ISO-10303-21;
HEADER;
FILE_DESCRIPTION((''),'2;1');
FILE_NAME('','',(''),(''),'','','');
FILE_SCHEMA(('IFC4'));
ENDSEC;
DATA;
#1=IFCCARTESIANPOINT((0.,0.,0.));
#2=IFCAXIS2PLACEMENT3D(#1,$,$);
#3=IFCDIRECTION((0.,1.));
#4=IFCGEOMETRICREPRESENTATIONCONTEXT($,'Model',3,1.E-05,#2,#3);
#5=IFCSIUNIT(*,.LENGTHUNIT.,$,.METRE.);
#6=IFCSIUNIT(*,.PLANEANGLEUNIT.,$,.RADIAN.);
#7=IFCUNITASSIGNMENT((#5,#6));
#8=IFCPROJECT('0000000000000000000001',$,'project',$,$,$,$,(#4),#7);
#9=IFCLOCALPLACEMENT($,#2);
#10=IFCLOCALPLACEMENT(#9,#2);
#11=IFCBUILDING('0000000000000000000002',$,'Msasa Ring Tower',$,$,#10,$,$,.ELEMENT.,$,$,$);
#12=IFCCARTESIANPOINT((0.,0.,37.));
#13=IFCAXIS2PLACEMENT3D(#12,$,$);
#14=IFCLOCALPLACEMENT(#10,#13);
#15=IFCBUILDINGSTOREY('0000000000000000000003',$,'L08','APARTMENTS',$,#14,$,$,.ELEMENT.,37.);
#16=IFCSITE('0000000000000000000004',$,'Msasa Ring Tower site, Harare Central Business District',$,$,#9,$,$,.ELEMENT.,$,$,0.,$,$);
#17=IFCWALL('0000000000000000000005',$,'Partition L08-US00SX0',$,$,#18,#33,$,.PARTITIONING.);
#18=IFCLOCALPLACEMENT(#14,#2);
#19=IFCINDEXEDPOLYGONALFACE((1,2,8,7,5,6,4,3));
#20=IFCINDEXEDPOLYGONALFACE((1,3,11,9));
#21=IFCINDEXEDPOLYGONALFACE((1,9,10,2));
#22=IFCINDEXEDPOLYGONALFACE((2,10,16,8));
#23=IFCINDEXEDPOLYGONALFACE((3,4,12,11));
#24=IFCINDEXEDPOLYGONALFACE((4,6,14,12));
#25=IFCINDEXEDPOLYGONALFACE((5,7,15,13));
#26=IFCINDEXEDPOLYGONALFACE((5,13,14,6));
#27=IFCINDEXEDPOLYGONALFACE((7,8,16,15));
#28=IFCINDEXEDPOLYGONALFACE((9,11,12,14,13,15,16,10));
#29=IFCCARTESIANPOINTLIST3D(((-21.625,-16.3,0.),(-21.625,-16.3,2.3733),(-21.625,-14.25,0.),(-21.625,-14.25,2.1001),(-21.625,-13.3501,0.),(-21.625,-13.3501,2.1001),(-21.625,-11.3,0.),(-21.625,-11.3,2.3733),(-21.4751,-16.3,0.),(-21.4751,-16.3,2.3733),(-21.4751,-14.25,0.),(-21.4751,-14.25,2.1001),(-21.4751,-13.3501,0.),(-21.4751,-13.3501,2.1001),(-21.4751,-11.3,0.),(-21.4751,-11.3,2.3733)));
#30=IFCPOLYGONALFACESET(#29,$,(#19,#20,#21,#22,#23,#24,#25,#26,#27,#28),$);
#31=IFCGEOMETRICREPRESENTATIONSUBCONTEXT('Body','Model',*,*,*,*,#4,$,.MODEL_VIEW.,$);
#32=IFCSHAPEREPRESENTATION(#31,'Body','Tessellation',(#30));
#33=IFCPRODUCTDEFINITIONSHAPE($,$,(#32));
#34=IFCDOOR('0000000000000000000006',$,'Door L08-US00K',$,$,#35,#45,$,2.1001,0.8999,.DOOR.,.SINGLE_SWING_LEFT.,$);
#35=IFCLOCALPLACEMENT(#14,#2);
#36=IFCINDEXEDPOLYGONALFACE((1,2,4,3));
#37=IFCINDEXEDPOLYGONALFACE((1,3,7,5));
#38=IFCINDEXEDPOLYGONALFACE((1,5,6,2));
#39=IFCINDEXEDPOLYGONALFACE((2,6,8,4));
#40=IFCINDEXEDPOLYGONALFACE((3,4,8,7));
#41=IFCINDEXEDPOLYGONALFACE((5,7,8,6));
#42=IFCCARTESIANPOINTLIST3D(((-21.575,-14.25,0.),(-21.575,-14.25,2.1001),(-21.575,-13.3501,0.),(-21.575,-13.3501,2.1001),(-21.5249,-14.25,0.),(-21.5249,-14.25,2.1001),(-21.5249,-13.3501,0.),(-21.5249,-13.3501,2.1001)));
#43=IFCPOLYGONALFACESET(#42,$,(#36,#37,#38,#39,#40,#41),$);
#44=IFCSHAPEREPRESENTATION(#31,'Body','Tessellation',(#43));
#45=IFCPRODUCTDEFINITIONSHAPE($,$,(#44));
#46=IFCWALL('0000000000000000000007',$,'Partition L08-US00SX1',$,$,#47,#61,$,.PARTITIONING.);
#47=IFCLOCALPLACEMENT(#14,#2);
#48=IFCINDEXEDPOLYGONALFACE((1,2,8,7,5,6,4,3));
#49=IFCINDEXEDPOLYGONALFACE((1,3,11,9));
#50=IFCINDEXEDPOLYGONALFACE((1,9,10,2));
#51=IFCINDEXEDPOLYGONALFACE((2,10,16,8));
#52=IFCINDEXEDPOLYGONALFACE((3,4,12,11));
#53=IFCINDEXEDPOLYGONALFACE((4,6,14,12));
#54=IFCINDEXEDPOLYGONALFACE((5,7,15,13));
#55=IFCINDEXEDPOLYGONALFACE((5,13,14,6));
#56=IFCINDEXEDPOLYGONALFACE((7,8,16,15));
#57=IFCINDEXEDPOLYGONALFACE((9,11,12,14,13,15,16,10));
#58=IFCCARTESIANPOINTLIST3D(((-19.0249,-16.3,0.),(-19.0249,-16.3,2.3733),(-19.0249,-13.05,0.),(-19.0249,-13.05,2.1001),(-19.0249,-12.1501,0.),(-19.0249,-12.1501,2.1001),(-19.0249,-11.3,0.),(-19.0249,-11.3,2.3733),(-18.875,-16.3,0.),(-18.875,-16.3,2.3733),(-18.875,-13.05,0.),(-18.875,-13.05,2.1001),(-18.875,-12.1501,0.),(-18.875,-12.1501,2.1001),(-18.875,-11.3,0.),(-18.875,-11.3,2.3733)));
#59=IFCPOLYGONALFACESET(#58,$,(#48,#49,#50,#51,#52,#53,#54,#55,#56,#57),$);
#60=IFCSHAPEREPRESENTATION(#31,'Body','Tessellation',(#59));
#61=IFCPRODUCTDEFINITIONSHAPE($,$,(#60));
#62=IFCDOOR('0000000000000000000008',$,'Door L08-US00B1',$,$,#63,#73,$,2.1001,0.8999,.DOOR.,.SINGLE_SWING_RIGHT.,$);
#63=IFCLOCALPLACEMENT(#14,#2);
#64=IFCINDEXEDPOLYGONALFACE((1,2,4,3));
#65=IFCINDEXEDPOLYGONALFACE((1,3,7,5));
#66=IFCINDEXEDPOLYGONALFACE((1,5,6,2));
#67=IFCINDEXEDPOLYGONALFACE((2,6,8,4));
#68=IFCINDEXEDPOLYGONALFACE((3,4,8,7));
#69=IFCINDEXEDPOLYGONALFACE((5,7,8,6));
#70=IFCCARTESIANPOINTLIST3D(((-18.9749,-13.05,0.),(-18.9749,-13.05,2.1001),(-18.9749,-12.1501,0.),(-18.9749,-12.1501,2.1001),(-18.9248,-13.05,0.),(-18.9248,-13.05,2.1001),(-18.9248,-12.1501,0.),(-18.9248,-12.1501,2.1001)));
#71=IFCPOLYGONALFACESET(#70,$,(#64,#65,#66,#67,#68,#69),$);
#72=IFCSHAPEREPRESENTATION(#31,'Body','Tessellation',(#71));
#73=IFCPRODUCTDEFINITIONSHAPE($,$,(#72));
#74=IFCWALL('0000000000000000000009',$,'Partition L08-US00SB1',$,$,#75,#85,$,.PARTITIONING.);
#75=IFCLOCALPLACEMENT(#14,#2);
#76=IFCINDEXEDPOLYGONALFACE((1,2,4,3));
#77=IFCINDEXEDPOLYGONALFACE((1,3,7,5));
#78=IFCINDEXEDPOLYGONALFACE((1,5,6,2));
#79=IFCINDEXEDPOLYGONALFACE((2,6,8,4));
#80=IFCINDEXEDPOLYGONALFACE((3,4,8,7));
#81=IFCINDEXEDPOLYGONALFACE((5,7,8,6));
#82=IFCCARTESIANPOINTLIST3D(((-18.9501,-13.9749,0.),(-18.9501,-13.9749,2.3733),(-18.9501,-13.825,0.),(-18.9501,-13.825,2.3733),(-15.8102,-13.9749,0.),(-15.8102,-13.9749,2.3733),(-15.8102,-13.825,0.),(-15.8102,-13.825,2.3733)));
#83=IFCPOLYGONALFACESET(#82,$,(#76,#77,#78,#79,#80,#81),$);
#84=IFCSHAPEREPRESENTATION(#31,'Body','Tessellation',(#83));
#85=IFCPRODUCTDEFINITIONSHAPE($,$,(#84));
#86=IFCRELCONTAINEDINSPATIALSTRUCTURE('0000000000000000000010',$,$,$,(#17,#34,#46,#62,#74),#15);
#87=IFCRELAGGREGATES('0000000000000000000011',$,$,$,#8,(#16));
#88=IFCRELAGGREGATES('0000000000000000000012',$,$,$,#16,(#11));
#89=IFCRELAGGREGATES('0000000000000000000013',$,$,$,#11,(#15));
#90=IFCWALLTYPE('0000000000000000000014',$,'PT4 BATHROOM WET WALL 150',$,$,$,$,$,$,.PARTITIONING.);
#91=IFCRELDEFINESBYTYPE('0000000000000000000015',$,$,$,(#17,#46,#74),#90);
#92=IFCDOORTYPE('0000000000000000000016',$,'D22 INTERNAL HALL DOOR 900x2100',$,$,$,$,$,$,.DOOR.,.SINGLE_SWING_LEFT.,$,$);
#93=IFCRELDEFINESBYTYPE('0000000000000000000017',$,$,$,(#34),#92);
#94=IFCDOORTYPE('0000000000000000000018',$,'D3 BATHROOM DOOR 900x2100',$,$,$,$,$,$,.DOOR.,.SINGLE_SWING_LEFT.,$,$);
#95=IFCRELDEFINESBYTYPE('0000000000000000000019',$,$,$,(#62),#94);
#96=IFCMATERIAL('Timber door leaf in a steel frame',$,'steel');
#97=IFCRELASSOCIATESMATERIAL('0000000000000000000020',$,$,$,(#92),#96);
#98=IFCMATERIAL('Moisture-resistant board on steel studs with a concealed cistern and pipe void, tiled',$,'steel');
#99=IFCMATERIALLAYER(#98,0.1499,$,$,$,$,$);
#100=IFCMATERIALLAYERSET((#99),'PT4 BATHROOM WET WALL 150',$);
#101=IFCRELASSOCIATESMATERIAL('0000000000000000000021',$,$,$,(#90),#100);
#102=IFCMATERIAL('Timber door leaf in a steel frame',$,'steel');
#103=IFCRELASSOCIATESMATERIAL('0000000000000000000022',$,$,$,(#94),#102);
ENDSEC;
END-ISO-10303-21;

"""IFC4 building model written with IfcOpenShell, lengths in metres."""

from ifc_helpers import new_model, si_unit, direction, frame, frame_2d, origin, place, context, subcontext, project, spatial, rectangle, extrude, material, layer, layer_set, type_object, element, fill, save


model = new_model("IFC4")

# Units and contexts
model_context = context("Model", 3, precision=1e-05, world=origin(), true_north=direction((0.0, 1.0)))
body_context = subcontext(model_context, "Body", "Model", "MODEL_VIEW")
ifc_project = project(units=[si_unit("LENGTHUNIT", "METRE"), si_unit("PLANEANGLEUNIT", "RADIAN")], contexts=[model_context])

# Site, building, storey
site_placement = place(None, origin())
site = spatial("IfcSite", under=ifc_project, at=site_placement, Name="Msasa Ring Tower site, Harare Central Business District", CompositionType="ELEMENT", RefElevation=0.0)
building_placement = place(site_placement, origin())
building = spatial("IfcBuilding", under=site, at=building_placement, Name="Msasa Ring Tower", CompositionType="ELEMENT")
storey_placement = place(building_placement, frame((0.0, 0.0, 37.0)))
storey = spatial("IfcBuildingStorey", under=building, at=storey_placement, Name="L08", Description="APARTMENTS", CompositionType="ELEMENT", Elevation=37.0)

# Shared definitions
ifc_material_1 = material(Name="Timber door leaf in a steel frame", Category="steel")
door_type_1 = type_object("IfcDoorType", Name="D22 INTERNAL HALL DOOR 900x2100", OperationType="SINGLE_SWING_LEFT", PredefinedType="DOOR", material=ifc_material_1)

# Walls, openings, doors
ifc_material_2 = material(Name="Moisture-resistant board on steel studs with a concealed cistern and pipe void, tiled", Category="steel")
ifc_layer_1 = layer(ifc_material_2, 0.1499)
ifc_layer_set_1 = layer_set([ifc_layer_1], Name="PT4 BATHROOM WET WALL 150")
wall_type_1 = type_object("IfcWallType", Name="PT4 BATHROOM WET WALL 150", PredefinedType="PARTITIONING", material=ifc_layer_set_1)
wall_1_placement = place(storey_placement, frame((-21.55, -16.3, 0.0), z_axis=(0.0, 0.0, 1.0), x_axis=(0.0, 1.0, 0.0)))
wall_1 = element("IfcWall", 1, at=wall_1_placement, inside=storey, type_object=wall_type_1, Name="Partition L08-US00SX0", PredefinedType="PARTITIONING", context=body_context, shape_type="SweptSolid", body=[
    extrude(rectangle(XDim=5.0, YDim=0.1499, at=frame_2d((2.5, 0.0))), origin(), (0.0, 0.0, 1.0), 2.3733),
])
opening_1_placement = place(wall_1_placement, frame((2.05, 0.0, 0.0)))
opening_1 = element("IfcOpeningElement", 2, at=opening_1_placement, cuts=wall_1, PredefinedType="OPENING", context=body_context, shape_type="SweptSolid", body=[
    extrude(rectangle(XDim=0.8999, YDim=2.1001, at=frame_2d((0.45, 1.05))), frame((0.0, 0.085, 0.0), z_axis=(0.0, -1.0, 0.0), x_axis=(1.0, 0.0, 0.0)), (0.0, 0.0, 1.0), 0.1699),
])
door_1_placement = place(opening_1_placement, origin())
door_1 = element("IfcDoor", 3, at=door_1_placement, inside=storey, type_object=door_type_1, Name="Door L08-US00K", OperationType="SINGLE_SWING_LEFT", OverallHeight=2.1001, OverallWidth=0.8999, PredefinedType="DOOR", context=body_context, shape_type="SweptSolid", body=[
    extrude(rectangle(XDim=0.8999, YDim=2.1001, at=frame_2d((0.45, 1.05))), frame((0.0, 0.0249, 0.0), z_axis=(0.0, -1.0, 0.0), x_axis=(1.0, 0.0, 0.0)), (0.0, 0.0, 1.0), 0.05),
])
fill(opening_1, door_1)
wall_2_placement = place(storey_placement, frame((-18.95, -16.3, 0.0), z_axis=(0.0, 0.0, 1.0), x_axis=(0.0, 1.0, 0.0)))
wall_2 = element("IfcWall", 4, at=wall_2_placement, inside=storey, type_object=wall_type_1, Name="Partition L08-US00SX1", PredefinedType="PARTITIONING", context=body_context, shape_type="SweptSolid", body=[
    extrude(rectangle(XDim=5.0, YDim=0.1499, at=frame_2d((2.5, 0.0))), origin(), (0.0, 0.0, 1.0), 2.3733),
])
opening_2_placement = place(wall_2_placement, frame((3.25, 0.0, 0.0)))
opening_2 = element("IfcOpeningElement", 5, at=opening_2_placement, cuts=wall_2, PredefinedType="OPENING", context=body_context, shape_type="SweptSolid", body=[
    extrude(rectangle(XDim=0.8999, YDim=2.1001, at=frame_2d((0.45, 1.05))), frame((0.0, 0.085, 0.0), z_axis=(0.0, -1.0, 0.0), x_axis=(1.0, 0.0, 0.0)), (0.0, 0.0, 1.0), 0.1699),
])
ifc_material_3 = material(Name="Timber door leaf in a steel frame", Category="steel")
door_type_2 = type_object("IfcDoorType", Name="D3 BATHROOM DOOR 900x2100", OperationType="SINGLE_SWING_LEFT", PredefinedType="DOOR", material=ifc_material_3)
door_2_placement = place(opening_2_placement, origin())
door_2 = element("IfcDoor", 6, at=door_2_placement, inside=storey, type_object=door_type_2, Name="Door L08-US00B1", OperationType="SINGLE_SWING_RIGHT", OverallHeight=2.1001, OverallWidth=0.8999, PredefinedType="DOOR", context=body_context, shape_type="SweptSolid", body=[
    extrude(rectangle(XDim=0.8999, YDim=2.1001, at=frame_2d((0.45, 1.05))), frame((0.0, 0.0249, 0.0), z_axis=(0.0, -1.0, 0.0), x_axis=(1.0, 0.0, 0.0)), (0.0, 0.0, 1.0), 0.05),
])
fill(opening_2, door_2)

# Wall
wall_3_placement = place(storey_placement, frame((-18.95, -13.8999, 0.0), z_axis=(0.0, 0.0, 1.0), x_axis=(1.0, 0.0, 0.0)))
element("IfcWall", 7, at=wall_3_placement, inside=storey, type_object=wall_type_1, Name="Partition L08-US00SB1", PredefinedType="PARTITIONING", context=body_context, shape_type="SweptSolid", body=[
    extrude(rectangle(XDim=3.1399, YDim=0.1499, at=frame_2d((1.5698, 0.0))), origin(), (0.0, 0.0, 1.0), 2.3733),
])

save(model, "model.ifc")
